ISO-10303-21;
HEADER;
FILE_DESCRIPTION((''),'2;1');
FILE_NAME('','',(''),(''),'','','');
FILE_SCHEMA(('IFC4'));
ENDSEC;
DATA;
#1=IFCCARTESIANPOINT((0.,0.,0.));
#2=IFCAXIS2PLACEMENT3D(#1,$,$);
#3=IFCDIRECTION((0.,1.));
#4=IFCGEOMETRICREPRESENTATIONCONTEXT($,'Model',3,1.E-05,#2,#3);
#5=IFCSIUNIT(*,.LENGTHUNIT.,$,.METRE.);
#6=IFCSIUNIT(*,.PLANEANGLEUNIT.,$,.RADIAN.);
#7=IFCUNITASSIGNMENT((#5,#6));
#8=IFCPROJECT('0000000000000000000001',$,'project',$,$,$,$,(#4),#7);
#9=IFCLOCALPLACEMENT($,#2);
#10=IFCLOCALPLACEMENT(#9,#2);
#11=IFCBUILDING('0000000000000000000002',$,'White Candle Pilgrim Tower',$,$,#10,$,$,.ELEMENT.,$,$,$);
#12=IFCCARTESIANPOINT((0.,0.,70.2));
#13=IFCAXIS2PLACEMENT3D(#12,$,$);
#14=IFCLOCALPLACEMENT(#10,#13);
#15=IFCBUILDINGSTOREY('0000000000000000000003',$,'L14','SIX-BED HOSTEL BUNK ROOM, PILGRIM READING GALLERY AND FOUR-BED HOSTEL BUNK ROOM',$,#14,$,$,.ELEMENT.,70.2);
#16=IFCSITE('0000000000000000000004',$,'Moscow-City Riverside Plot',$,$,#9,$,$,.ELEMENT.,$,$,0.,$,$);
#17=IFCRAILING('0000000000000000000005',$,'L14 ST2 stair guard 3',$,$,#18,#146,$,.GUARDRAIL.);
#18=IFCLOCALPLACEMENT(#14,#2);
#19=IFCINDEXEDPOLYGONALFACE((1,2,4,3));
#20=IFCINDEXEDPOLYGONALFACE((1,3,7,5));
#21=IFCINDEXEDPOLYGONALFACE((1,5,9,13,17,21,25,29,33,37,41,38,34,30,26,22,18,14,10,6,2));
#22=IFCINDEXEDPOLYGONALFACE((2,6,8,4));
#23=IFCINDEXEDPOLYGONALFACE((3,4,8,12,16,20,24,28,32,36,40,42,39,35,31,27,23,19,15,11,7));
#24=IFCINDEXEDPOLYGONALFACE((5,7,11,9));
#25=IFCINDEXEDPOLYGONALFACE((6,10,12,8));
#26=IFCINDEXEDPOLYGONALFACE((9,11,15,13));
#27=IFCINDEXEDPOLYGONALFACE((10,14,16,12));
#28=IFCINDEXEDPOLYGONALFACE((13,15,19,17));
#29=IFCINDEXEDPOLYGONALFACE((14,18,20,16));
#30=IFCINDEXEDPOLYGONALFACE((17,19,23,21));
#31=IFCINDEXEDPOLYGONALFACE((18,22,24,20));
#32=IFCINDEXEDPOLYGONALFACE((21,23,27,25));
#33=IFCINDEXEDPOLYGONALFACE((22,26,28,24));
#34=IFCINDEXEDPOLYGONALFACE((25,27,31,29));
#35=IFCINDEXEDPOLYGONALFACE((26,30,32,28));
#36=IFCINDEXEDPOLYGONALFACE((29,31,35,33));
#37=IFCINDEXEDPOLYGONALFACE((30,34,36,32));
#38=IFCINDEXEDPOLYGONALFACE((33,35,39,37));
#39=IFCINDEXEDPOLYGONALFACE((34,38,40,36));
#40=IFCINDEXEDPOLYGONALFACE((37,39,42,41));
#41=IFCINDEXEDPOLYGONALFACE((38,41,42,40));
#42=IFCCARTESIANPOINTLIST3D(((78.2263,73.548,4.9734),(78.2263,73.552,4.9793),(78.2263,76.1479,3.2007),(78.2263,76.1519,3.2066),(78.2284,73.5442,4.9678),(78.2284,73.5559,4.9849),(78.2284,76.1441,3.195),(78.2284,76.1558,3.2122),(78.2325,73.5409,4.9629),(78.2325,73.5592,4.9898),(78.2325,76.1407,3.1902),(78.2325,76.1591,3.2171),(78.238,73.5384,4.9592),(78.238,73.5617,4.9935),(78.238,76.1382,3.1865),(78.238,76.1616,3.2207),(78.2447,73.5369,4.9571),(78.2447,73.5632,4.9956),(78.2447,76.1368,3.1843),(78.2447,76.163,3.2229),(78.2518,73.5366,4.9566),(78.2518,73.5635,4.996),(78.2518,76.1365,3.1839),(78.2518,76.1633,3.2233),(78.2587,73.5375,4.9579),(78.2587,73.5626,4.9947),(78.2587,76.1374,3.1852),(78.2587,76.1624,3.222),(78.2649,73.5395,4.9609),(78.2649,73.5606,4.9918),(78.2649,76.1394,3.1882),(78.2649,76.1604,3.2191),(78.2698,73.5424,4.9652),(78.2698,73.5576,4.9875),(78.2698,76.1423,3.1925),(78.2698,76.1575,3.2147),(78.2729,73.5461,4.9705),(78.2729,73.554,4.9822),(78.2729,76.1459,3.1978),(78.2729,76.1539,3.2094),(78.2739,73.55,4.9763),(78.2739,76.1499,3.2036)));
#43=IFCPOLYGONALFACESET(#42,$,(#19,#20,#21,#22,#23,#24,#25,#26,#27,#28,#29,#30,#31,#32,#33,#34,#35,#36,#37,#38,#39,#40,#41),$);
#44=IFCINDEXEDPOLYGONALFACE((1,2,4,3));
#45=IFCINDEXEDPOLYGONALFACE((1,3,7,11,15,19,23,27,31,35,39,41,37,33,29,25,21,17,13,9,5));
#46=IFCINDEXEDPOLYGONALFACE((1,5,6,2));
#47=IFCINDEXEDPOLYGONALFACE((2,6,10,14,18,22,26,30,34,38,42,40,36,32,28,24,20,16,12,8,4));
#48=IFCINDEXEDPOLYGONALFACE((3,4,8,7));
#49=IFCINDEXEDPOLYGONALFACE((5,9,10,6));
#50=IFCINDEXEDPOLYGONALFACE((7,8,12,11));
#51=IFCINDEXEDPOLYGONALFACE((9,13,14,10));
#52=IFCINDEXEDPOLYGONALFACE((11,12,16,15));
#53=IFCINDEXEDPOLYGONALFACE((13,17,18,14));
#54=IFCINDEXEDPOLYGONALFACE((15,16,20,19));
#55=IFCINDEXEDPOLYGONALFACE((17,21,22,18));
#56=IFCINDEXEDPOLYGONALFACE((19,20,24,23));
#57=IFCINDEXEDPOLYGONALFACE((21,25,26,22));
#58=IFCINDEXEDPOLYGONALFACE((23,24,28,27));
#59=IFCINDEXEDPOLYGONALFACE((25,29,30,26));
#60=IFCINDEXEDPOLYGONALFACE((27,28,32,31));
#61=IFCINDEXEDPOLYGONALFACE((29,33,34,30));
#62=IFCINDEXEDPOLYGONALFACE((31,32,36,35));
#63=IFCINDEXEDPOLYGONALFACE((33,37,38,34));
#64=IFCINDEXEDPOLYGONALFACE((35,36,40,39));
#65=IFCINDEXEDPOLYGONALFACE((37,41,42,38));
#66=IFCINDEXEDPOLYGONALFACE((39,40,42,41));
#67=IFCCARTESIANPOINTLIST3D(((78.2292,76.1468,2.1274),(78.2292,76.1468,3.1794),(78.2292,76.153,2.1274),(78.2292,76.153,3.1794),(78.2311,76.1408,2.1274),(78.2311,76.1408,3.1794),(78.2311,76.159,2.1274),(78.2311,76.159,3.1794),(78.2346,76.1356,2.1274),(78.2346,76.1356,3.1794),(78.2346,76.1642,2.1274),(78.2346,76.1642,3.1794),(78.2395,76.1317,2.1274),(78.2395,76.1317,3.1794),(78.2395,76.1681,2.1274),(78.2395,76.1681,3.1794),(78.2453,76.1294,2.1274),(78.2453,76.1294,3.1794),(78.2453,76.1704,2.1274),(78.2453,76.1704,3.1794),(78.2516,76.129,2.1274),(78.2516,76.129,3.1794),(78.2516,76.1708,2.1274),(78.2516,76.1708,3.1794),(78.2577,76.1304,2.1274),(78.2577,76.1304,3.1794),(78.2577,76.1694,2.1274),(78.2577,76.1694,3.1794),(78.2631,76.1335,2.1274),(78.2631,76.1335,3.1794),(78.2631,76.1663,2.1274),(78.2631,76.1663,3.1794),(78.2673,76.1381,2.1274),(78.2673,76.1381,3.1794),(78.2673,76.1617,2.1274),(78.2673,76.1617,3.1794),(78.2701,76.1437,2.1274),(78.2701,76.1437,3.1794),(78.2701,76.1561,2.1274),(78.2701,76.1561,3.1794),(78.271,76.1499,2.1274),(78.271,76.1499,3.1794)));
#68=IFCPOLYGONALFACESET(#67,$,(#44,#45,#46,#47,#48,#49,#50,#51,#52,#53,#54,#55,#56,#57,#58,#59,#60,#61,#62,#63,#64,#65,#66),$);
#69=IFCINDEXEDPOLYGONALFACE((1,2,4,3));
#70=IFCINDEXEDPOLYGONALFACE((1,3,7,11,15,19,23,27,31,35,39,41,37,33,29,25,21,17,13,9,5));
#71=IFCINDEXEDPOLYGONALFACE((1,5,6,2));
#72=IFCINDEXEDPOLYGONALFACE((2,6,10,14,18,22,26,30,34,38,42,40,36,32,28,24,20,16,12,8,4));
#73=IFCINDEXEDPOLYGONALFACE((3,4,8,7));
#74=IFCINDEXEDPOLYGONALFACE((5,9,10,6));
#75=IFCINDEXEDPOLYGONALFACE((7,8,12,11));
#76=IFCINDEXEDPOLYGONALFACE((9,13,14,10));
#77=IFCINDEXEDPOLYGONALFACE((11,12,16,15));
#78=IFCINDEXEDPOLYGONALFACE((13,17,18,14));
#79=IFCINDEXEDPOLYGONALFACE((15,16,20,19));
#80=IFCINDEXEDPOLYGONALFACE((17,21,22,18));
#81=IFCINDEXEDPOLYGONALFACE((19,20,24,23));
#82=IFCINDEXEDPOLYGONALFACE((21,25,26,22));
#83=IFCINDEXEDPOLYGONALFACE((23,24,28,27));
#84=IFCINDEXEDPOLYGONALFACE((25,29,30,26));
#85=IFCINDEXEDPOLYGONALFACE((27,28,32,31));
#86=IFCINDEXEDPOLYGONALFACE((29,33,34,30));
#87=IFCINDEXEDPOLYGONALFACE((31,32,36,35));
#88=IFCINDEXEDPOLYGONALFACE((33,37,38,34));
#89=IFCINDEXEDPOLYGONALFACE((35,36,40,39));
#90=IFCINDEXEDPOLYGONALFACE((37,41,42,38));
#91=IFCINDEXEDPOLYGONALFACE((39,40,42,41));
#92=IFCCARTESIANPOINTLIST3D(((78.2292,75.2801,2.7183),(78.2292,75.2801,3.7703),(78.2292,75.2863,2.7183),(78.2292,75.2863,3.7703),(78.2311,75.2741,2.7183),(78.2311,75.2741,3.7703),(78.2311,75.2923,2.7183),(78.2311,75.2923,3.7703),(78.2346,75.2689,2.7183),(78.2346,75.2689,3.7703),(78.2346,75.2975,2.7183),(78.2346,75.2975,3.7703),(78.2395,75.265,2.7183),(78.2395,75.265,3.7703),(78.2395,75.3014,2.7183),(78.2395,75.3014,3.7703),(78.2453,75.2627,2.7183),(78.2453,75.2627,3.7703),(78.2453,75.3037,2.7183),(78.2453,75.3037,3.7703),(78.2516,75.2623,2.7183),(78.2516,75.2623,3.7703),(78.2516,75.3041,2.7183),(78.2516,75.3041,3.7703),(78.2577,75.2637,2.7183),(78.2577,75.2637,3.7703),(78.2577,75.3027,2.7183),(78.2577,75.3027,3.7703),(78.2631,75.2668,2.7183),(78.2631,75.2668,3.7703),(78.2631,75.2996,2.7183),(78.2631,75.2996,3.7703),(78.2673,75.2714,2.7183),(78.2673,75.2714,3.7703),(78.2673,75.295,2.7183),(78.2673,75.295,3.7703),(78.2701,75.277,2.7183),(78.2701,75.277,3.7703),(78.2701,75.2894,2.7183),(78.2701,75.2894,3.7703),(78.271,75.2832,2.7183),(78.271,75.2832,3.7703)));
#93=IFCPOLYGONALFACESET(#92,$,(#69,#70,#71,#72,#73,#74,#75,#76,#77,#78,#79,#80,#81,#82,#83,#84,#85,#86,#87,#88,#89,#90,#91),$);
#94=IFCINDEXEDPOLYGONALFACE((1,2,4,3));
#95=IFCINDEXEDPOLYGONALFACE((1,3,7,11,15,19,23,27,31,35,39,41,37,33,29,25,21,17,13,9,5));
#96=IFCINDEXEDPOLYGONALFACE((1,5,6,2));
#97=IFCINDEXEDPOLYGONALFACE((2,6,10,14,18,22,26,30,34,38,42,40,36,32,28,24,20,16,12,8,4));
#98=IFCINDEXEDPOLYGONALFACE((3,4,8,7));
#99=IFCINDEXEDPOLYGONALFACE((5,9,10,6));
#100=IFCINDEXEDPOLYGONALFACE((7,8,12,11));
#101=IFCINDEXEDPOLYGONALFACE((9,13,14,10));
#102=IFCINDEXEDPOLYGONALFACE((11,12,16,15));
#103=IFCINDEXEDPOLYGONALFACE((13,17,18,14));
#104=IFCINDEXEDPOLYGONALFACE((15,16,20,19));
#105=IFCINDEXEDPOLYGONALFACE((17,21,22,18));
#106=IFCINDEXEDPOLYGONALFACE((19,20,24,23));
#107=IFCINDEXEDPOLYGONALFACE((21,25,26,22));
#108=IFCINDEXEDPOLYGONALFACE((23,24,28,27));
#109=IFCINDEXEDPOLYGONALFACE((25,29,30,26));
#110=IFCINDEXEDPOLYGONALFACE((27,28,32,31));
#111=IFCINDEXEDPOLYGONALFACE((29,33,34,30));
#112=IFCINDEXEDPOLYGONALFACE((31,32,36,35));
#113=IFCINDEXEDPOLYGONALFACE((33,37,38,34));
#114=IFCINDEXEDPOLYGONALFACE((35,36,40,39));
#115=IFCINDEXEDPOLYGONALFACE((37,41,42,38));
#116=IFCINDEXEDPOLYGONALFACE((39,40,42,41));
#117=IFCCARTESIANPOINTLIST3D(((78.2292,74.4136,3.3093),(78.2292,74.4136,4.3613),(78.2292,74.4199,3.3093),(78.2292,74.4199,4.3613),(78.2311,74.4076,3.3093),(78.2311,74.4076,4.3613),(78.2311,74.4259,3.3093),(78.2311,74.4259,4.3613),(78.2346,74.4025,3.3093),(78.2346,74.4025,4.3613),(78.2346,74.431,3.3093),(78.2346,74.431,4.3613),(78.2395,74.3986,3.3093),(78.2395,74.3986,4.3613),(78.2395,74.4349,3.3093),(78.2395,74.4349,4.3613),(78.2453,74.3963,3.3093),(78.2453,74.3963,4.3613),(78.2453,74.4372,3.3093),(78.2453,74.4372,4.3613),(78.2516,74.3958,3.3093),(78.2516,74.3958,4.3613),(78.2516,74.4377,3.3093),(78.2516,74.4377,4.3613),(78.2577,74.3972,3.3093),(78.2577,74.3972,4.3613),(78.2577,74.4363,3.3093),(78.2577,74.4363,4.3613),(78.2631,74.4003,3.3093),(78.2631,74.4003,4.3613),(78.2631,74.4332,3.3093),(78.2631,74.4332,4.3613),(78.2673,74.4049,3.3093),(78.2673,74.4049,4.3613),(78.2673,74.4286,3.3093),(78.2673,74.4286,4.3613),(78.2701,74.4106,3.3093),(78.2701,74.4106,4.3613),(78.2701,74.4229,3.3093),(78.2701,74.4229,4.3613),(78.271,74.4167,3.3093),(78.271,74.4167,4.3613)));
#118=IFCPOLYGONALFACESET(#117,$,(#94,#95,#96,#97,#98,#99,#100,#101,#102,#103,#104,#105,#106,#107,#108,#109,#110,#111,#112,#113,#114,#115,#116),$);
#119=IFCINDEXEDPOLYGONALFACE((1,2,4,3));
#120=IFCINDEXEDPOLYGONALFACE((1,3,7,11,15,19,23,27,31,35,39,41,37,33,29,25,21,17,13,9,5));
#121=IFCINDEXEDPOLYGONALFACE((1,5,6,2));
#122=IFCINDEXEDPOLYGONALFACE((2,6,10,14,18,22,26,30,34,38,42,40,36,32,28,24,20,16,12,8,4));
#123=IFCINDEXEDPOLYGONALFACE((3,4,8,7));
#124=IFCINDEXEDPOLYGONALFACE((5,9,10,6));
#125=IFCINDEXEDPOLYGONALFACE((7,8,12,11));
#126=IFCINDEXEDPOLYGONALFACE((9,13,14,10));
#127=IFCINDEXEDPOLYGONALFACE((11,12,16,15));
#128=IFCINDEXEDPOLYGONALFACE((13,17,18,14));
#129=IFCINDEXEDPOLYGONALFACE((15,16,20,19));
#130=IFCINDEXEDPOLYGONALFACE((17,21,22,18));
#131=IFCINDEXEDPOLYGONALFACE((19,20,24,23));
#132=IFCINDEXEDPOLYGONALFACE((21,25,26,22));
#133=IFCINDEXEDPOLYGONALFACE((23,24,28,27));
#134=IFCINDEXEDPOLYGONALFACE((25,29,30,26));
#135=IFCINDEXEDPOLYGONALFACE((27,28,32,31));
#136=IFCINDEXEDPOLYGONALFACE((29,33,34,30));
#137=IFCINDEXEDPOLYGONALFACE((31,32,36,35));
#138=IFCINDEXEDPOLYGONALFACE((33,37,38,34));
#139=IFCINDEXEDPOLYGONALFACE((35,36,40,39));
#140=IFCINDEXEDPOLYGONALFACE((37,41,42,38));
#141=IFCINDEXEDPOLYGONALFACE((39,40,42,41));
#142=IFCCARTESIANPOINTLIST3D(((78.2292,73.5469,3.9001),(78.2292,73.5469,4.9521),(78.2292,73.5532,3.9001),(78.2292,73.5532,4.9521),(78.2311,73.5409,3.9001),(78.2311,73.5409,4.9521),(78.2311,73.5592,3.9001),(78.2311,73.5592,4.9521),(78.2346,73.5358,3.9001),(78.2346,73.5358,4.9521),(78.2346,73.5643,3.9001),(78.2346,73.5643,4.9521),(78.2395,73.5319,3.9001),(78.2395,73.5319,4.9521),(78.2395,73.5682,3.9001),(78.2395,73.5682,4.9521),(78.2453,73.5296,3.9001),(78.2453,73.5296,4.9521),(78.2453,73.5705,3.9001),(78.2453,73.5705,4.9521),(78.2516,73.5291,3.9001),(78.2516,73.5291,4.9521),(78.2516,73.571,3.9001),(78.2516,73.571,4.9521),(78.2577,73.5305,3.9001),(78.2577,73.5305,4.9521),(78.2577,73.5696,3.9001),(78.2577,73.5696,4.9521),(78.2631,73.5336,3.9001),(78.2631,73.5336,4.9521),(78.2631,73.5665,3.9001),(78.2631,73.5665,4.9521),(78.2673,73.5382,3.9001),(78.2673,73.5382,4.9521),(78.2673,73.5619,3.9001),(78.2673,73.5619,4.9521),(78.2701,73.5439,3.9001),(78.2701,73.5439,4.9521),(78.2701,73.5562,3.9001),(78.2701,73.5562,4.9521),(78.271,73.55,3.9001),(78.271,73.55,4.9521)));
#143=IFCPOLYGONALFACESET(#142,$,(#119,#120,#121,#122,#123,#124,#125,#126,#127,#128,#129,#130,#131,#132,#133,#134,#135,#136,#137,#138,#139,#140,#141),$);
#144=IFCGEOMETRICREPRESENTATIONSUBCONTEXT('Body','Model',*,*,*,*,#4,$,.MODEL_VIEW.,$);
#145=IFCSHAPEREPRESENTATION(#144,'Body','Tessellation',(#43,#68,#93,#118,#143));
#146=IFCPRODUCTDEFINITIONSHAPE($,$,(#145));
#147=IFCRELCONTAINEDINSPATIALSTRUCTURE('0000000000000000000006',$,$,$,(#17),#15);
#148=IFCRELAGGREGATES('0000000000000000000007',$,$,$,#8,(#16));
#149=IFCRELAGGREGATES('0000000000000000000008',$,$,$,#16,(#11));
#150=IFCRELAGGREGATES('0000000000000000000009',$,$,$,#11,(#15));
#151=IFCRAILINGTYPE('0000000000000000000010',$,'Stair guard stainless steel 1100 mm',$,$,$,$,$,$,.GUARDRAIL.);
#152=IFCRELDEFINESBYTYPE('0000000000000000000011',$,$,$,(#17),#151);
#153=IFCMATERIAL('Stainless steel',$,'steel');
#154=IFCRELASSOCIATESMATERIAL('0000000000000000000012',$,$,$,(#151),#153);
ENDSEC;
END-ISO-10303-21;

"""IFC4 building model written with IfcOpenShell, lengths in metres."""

from ifc_helpers import new_model, si_unit, direction, frame, origin, origin_2d, place, context, subcontext, project, spatial, circle, extrude, material, type_object, element, save


model = new_model("IFC4")

# Units and contexts
model_context = context("Model", 3, precision=1e-05, world=origin(), true_north=direction((0.0, 1.0)))
body_context = subcontext(model_context, "Body", "Model", "MODEL_VIEW")
ifc_project = project(units=[si_unit("LENGTHUNIT", "METRE"), si_unit("PLANEANGLEUNIT", "RADIAN")], contexts=[model_context])

# Site, building, storey
site_placement = place(None, origin())
site = spatial("IfcSite", under=ifc_project, at=site_placement, Name="Moscow-City Riverside Plot", CompositionType="ELEMENT", RefElevation=0.0)
building_placement = place(site_placement, origin())
building = spatial("IfcBuilding", under=site, at=building_placement, Name="White Candle Pilgrim Tower", CompositionType="ELEMENT")
storey_placement = place(building_placement, frame((0.0, 0.0, 70.2)))
storey = spatial("IfcBuildingStorey", under=building, at=storey_placement, Name="L14", Description="SIX-BED HOSTEL BUNK ROOM, PILGRIM READING GALLERY AND FOUR-BED HOSTEL BUNK ROOM", CompositionType="ELEMENT", Elevation=70.2)

# Railing
ifc_material_1 = material(Name="Stainless steel", Category="steel")
railing_type = type_object("IfcRailingType", Name="Stair guard stainless steel 1100 mm", PredefinedType="GUARDRAIL", material=ifc_material_1)
railing_1_placement = place(storey_placement, frame((78.25, 76.1499, 2.1274)))
element("IfcRailing", 1, at=railing_1_placement, inside=storey, type_object=railing_type, Name="L14 ST2 stair guard 3", PredefinedType="GUARDRAIL", context=body_context, shape_type="SweptSolid", body=[
    extrude(circle(Radius=0.0239, at=origin_2d()), frame((0.0, 0.0, 1.0762), z_axis=(0.0, -0.826216, 0.563354), x_axis=(1.0, 0.0, 0.0)), (0.0, 0.0, 1.0), 3.1467),
    extrude(circle(Radius=0.021, at=origin_2d()), origin(), (0.0, 0.0, 1.0), 1.052),
    extrude(circle(Radius=0.021, at=origin_2d()), frame((0.0, -0.8667, 0.5908)), (0.0, 0.0, 1.0), 1.052),
    extrude(circle(Radius=0.021, at=origin_2d()), frame((0.0, -1.7332, 1.1819)), (0.0, 0.0, 1.0), 1.052),
    extrude(circle(Radius=0.021, at=origin_2d()), frame((0.0, -2.5999, 1.7727)), (0.0, 0.0, 1.0), 1.052),
])

save(model, "model.ifc")
